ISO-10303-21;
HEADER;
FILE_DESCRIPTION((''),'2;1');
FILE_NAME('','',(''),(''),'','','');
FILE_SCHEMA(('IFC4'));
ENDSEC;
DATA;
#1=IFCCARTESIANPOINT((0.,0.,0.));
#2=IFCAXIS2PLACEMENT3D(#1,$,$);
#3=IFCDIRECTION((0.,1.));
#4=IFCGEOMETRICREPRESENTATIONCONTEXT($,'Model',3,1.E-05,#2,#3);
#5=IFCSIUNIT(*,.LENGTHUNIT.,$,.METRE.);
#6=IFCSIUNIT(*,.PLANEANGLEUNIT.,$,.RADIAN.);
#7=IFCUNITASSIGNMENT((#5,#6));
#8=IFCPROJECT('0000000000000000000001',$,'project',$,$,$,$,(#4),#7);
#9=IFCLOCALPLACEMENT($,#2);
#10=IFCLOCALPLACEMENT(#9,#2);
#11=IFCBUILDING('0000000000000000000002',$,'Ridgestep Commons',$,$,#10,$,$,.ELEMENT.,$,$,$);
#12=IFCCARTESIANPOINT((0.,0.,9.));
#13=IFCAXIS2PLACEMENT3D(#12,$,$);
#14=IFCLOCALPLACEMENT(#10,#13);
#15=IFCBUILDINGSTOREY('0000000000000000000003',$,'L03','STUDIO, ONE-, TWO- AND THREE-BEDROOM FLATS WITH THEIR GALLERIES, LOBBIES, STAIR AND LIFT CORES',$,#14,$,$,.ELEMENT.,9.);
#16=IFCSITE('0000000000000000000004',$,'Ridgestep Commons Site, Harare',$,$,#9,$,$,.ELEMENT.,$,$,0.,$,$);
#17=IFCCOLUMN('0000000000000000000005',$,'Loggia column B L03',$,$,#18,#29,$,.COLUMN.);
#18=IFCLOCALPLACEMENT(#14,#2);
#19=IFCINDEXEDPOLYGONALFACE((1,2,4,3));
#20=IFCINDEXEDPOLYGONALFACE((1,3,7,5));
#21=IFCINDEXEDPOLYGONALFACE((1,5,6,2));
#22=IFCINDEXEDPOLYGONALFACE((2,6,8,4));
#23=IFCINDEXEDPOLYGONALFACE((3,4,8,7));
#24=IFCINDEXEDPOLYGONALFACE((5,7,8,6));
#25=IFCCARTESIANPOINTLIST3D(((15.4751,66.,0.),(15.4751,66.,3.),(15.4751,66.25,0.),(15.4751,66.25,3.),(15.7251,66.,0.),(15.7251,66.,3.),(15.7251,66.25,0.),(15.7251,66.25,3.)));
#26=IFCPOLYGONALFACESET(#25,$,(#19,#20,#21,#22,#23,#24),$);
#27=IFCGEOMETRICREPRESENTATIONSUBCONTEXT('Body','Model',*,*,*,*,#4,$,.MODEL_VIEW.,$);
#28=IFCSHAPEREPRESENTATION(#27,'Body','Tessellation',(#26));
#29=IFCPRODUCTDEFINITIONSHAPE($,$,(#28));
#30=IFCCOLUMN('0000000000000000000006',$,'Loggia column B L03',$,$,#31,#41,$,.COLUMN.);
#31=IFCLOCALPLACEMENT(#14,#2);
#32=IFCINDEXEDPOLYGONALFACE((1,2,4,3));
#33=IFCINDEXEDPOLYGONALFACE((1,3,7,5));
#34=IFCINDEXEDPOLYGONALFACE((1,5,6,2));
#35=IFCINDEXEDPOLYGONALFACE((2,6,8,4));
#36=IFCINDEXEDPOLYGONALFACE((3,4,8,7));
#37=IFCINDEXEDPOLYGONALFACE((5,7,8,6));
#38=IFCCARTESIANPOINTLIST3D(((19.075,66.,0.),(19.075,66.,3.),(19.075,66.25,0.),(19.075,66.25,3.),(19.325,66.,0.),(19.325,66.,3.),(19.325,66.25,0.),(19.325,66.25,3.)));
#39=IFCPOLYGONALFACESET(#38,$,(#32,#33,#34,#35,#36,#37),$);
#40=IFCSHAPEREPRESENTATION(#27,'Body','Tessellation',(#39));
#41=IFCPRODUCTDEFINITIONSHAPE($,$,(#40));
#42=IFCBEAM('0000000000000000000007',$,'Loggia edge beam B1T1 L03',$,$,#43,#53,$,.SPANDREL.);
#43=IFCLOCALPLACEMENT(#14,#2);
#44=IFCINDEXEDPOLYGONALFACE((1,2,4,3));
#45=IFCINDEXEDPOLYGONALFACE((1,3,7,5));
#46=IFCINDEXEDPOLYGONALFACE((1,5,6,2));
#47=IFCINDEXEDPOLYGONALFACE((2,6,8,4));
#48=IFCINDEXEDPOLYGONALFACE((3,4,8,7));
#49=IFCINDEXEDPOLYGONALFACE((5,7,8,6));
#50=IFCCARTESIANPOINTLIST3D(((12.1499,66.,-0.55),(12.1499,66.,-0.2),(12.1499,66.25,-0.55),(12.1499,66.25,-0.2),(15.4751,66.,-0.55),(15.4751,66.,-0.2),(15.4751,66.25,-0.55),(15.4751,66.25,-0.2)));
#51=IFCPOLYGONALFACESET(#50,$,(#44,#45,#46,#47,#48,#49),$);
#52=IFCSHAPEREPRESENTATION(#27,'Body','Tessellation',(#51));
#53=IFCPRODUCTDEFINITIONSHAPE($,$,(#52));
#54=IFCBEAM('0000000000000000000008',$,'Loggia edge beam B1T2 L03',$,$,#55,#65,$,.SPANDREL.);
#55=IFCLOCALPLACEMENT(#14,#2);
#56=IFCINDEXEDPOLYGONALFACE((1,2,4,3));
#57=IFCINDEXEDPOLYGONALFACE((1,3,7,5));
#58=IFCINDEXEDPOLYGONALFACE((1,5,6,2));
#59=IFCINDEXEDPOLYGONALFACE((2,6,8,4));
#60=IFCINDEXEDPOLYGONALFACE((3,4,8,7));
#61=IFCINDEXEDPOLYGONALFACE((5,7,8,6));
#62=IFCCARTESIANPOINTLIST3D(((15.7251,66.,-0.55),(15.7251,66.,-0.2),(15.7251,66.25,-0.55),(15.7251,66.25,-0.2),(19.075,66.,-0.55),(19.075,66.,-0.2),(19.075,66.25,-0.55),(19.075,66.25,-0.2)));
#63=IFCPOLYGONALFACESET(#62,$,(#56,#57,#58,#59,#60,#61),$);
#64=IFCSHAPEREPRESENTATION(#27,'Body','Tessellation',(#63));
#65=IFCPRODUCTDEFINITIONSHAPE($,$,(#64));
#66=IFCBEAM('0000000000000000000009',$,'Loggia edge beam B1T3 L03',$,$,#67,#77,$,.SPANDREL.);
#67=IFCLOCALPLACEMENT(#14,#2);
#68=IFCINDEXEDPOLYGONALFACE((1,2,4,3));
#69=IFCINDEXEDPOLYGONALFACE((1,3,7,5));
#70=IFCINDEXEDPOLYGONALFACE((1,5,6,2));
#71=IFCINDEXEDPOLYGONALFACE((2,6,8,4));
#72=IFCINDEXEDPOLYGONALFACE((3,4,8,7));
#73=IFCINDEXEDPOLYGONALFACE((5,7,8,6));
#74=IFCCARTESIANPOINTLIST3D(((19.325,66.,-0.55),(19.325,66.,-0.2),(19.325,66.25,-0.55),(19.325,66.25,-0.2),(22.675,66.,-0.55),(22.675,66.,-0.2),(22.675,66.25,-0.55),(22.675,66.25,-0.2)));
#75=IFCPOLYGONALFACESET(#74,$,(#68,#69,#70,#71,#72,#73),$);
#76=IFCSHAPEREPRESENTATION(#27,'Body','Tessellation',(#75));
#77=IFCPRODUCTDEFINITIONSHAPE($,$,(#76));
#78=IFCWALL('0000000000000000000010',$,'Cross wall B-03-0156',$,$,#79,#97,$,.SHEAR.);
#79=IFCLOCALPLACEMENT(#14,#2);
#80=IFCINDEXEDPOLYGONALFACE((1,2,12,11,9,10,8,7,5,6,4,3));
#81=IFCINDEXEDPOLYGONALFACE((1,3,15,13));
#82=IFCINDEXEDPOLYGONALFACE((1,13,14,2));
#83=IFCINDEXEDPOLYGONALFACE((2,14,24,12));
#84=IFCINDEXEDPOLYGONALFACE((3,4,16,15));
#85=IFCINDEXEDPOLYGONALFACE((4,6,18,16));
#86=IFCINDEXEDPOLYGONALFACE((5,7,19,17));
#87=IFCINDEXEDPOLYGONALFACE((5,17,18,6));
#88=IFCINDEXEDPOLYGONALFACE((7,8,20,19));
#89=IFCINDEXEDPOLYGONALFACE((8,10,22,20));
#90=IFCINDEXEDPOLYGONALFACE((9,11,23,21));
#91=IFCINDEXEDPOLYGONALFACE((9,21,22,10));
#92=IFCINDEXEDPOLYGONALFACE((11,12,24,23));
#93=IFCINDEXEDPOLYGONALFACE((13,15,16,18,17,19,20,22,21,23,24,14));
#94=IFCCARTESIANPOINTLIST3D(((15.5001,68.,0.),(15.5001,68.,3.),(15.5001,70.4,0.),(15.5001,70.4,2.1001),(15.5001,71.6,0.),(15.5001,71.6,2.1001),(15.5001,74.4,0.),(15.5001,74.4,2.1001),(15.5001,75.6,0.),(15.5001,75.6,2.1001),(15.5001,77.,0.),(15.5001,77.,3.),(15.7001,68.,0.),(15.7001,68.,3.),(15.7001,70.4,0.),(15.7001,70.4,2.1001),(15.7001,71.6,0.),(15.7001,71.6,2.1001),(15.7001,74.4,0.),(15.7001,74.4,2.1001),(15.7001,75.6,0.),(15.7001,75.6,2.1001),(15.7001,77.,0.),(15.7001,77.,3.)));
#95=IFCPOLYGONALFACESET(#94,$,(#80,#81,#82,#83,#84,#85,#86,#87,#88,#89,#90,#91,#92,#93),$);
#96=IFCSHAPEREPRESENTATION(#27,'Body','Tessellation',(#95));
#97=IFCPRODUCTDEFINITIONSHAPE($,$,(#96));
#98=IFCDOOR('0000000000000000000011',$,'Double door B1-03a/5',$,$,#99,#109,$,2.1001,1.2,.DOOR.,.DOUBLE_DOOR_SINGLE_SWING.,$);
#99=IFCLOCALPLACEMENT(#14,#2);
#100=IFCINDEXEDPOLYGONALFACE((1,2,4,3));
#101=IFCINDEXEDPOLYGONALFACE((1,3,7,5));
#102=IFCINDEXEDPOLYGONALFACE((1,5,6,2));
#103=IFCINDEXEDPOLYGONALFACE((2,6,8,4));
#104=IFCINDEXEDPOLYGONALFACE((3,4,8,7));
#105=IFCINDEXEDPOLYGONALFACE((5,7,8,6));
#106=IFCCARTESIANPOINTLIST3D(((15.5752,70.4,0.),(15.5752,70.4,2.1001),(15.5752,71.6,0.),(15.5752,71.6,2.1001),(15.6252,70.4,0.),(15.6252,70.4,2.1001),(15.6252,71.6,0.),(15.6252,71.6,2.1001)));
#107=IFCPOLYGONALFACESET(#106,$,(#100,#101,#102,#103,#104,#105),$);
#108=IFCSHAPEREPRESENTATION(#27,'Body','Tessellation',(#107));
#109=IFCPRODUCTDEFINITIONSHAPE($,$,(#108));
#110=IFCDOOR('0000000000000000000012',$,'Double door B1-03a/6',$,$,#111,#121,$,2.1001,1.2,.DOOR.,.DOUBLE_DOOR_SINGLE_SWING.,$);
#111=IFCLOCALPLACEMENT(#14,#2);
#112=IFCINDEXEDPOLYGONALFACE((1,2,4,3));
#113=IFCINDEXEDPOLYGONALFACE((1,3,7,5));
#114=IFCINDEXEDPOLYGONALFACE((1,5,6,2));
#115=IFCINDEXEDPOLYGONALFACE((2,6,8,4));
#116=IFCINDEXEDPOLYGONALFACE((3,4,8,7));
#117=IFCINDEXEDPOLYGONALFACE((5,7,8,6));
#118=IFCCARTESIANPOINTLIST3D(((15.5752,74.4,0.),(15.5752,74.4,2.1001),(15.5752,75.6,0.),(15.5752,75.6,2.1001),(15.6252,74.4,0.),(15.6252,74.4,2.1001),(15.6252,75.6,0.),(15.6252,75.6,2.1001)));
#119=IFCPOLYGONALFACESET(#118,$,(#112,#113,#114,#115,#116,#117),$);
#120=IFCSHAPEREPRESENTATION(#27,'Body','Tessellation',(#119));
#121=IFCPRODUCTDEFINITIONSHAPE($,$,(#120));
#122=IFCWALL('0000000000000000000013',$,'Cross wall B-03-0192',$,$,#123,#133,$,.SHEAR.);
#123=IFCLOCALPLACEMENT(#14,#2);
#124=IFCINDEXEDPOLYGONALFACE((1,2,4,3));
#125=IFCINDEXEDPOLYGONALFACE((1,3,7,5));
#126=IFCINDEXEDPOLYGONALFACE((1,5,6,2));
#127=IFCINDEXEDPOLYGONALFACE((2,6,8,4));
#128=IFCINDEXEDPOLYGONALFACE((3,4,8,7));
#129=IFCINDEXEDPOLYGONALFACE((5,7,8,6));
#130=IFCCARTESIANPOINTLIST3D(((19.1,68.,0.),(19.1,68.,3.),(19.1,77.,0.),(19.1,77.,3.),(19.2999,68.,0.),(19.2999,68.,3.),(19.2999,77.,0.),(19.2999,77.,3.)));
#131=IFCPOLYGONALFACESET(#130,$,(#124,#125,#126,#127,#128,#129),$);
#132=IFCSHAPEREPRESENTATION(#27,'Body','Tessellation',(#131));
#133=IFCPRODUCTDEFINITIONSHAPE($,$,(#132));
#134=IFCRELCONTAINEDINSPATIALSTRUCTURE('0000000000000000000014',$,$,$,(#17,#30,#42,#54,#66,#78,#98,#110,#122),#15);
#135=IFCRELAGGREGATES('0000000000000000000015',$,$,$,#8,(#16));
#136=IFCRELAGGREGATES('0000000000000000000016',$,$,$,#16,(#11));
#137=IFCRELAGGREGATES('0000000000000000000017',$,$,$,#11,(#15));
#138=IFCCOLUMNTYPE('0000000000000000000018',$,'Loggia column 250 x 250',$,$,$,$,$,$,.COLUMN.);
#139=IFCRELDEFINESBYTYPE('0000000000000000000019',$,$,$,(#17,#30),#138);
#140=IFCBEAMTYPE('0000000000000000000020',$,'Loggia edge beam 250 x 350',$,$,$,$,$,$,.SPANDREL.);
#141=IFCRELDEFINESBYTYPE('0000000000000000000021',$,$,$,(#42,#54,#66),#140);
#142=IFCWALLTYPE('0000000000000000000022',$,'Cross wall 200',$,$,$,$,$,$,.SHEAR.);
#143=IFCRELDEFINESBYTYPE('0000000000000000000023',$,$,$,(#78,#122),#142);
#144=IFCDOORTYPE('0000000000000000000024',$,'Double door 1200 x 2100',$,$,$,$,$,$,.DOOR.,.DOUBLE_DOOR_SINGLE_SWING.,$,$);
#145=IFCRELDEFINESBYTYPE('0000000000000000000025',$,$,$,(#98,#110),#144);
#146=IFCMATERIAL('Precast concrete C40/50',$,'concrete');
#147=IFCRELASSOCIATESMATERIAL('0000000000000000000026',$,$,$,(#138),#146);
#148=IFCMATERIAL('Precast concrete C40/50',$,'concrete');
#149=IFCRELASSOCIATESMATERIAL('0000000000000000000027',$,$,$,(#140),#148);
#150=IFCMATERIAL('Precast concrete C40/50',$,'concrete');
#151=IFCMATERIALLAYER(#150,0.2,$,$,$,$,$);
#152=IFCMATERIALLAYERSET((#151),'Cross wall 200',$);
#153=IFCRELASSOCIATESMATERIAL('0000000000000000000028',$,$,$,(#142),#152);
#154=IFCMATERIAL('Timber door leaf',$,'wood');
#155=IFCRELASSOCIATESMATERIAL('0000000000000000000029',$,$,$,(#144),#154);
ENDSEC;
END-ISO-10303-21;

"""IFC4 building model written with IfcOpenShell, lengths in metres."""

from ifc_helpers import new_model, si_unit, direction, frame, frame_2d, origin, origin_2d, place, context, subcontext, project, spatial, rectangle, extrude, material, layer, layer_set, material_profile, profile_set, type_object, element, fill, save


model = new_model("IFC4")

# Units and contexts
model_context = context("Model", 3, precision=1e-05, world=origin(), true_north=direction((0.0, 1.0)))
body_context = subcontext(model_context, "Body", "Model", "MODEL_VIEW")
ifc_project = project(units=[si_unit("LENGTHUNIT", "METRE"), si_unit("PLANEANGLEUNIT", "RADIAN")], contexts=[model_context])

# Site, building, storey
site_placement = place(None, origin())
site = spatial("IfcSite", under=ifc_project, at=site_placement, Name="Ridgestep Commons Site, Harare", CompositionType="ELEMENT", RefElevation=0.0)
building_placement = place(site_placement, origin())
building = spatial("IfcBuilding", under=site, at=building_placement, Name="Ridgestep Commons", CompositionType="ELEMENT")
storey_placement = place(building_placement, frame((0.0, 0.0, 9.0)))
storey = spatial("IfcBuildingStorey", under=building, at=storey_placement, Name="L03", Description="STUDIO, ONE-, TWO- AND THREE-BEDROOM FLATS WITH THEIR GALLERIES, LOBBIES, STAIR AND LIFT CORES", CompositionType="ELEMENT", Elevation=9.0)

# Columns
ifc_material_1 = material(Name="Precast concrete C40/50", Category="concrete")
ifc_material_profile_1 = material_profile(ifc_material_1, rectangle(XDim=0.25, YDim=0.25, at=origin_2d()), Name="PC 250x250")
ifc_profile_set_1 = profile_set([ifc_material_profile_1], Name="Precast concrete C40/50")
column_type = type_object("IfcColumnType", Name="Loggia column 250 x 250", PredefinedType="COLUMN", material=ifc_profile_set_1)
for number, where, z_axis, x_axis, name in (
    (1, (15.6001, 66.125, 0.0), (0.0, 0.0, 1.0), (1.0, 0.0, 0.0), "Loggia column B L03"),
    (2, (19.2, 66.125, 0.0), (0.0, 0.0, 1.0), (1.0, 0.0, 0.0), "Loggia column B L03"),
):
    element("IfcColumn", number, at=place(storey_placement, frame(where, z_axis=z_axis, x_axis=x_axis)), inside=storey, type_object=column_type, Name=name, PredefinedType="COLUMN", context=body_context, shape_type="SweptSolid", body=[
        extrude(rectangle(XDim=0.25, YDim=0.25, at=origin_2d()), origin(), (0.0, 0.0, 1.0), 3.0),
    ])

# Beams
ifc_material_2 = material(Name="Precast concrete C40/50", Category="concrete")
ifc_material_profile_2 = material_profile(ifc_material_2, rectangle(XDim=0.25, YDim=0.3501, at=origin_2d()), Name="PC 250x350")
ifc_profile_set_2 = profile_set([ifc_material_profile_2], Name="Precast concrete C40/50")
beam_type = type_object("IfcBeamType", Name="Loggia edge beam 250 x 350", PredefinedType="SPANDREL", material=ifc_profile_set_2)
beam_1_placement = place(storey_placement, frame((12.1499, 66.125, -0.375), z_axis=(1.0, 0.0, 0.0), x_axis=(0.0, 1.0, 0.0)))
element("IfcBeam", 3, at=beam_1_placement, inside=storey, type_object=beam_type, Name="Loggia edge beam B1T1 L03", PredefinedType="SPANDREL", context=body_context, shape_type="SweptSolid", body=[
    extrude(rectangle(XDim=0.25, YDim=0.3501, at=origin_2d()), origin(), (0.0, 0.0, 1.0), 3.3252),
])
beam_2_placement = place(storey_placement, frame((15.7251, 66.125, -0.375), z_axis=(1.0, 0.0, 0.0), x_axis=(0.0, 1.0, 0.0)))
element("IfcBeam", 4, at=beam_2_placement, inside=storey, type_object=beam_type, Name="Loggia edge beam B1T2 L03", PredefinedType="SPANDREL", context=body_context, shape_type="SweptSolid", body=[
    extrude(rectangle(XDim=0.25, YDim=0.3501, at=origin_2d()), origin(), (0.0, 0.0, 1.0), 3.3499),
])
beam_3_placement = place(storey_placement, frame((19.325, 66.125, -0.375), z_axis=(1.0, 0.0, 0.0), x_axis=(0.0, 1.0, 0.0)))
element("IfcBeam", 5, at=beam_3_placement, inside=storey, type_object=beam_type, Name="Loggia edge beam B1T3 L03", PredefinedType="SPANDREL", context=body_context, shape_type="SweptSolid", body=[
    extrude(rectangle(XDim=0.25, YDim=0.3501, at=origin_2d()), origin(), (0.0, 0.0, 1.0), 3.3501),
])

# Wall, openings, doors
ifc_material_3 = material(Name="Precast concrete C40/50", Category="concrete")
ifc_layer_1 = layer(ifc_material_3, 0.2)
ifc_layer_set_1 = layer_set([ifc_layer_1], Name="Cross wall 200")
wall_type_1 = type_object("IfcWallType", Name="Cross wall 200", PredefinedType="SHEAR", material=ifc_layer_set_1)
wall_1_placement = place(storey_placement, frame((15.6001, 68.0, 0.0), z_axis=(0.0, 0.0, 1.0), x_axis=(0.0, 1.0, 0.0)))
wall_1 = element("IfcWall", 6, at=wall_1_placement, inside=storey, type_object=wall_type_1, Name="Cross wall B-03-0156", PredefinedType="SHEAR", context=body_context, shape_type="SweptSolid", body=[
    extrude(rectangle(XDim=9.0, YDim=0.2, at=frame_2d((4.5, 0.0))), origin(), (0.0, 0.0, 1.0), 3.0),
])
opening_1_placement = place(wall_1_placement, frame((2.3999, 0.0, 0.0)))
opening_1 = element("IfcOpeningElement", 7, at=opening_1_placement, cuts=wall_1, PredefinedType="OPENING", context=body_context, shape_type="SweptSolid", body=[
    extrude(rectangle(XDim=1.2, YDim=2.1001, at=frame_2d((0.6001, 1.05))), frame((0.0, 0.1099, 0.0), z_axis=(0.0, -1.0, 0.0), x_axis=(1.0, 0.0, 0.0)), (0.0, 0.0, 1.0), 0.22),
])
opening_2_placement = place(wall_1_placement, frame((6.3999, 0.0, 0.0)))
opening_2 = element("IfcOpeningElement", 8, at=opening_2_placement, cuts=wall_1, PredefinedType="OPENING", context=body_context, shape_type="SweptSolid", body=[
    extrude(rectangle(XDim=1.2, YDim=2.1001, at=frame_2d((0.6001, 1.05))), frame((0.0, 0.1099, 0.0), z_axis=(0.0, -1.0, 0.0), x_axis=(1.0, 0.0, 0.0)), (0.0, 0.0, 1.0), 0.22),
])
ifc_material_4 = material(Name="Timber door leaf", Category="wood")
door_type_1 = type_object("IfcDoorType", Name="Double door 1200 x 2100", OperationType="DOUBLE_DOOR_SINGLE_SWING", PredefinedType="DOOR", material=ifc_material_4)
door_1_placement = place(opening_1_placement, origin())
door_1 = element("IfcDoor", 9, at=door_1_placement, inside=storey, type_object=door_type_1, Name="Double door B1-03a/5", OperationType="DOUBLE_DOOR_SINGLE_SWING", OverallHeight=2.1001, OverallWidth=1.2, PredefinedType="DOOR", context=body_context, shape_type="SweptSolid", body=[
    extrude(rectangle(XDim=1.2, YDim=2.1001, at=frame_2d((0.6001, 1.05))), frame((0.0, 0.0249, 0.0), z_axis=(0.0, -1.0, 0.0), x_axis=(1.0, 0.0, 0.0)), (0.0, 0.0, 1.0), 0.05),
])
fill(opening_1, door_1)
door_2_placement = place(opening_2_placement, origin())
door_2 = element("IfcDoor", 10, at=door_2_placement, inside=storey, type_object=door_type_1, Name="Double door B1-03a/6", OperationType="DOUBLE_DOOR_SINGLE_SWING", OverallHeight=2.1001, OverallWidth=1.2, PredefinedType="DOOR", context=body_context, shape_type="SweptSolid", body=[
    extrude(rectangle(XDim=1.2, YDim=2.1001, at=frame_2d((0.6001, 1.05))), frame((0.0, 0.0249, 0.0), z_axis=(0.0, -1.0, 0.0), x_axis=(1.0, 0.0, 0.0)), (0.0, 0.0, 1.0), 0.05),
])
fill(opening_2, door_2)

# Wall
wall_2_placement = place(storey_placement, frame((19.2, 68.0, 0.0), z_axis=(0.0, 0.0, 1.0), x_axis=(0.0, 1.0, 0.0)))
element("IfcWall", 11, at=wall_2_placement, inside=storey, type_object=wall_type_1, Name="Cross wall B-03-0192", PredefinedType="SHEAR", context=body_context, shape_type="SweptSolid", body=[
    extrude(rectangle(XDim=9.0, YDim=0.2, at=frame_2d((4.5, 0.0))), origin(), (0.0, 0.0, 1.0), 3.0),
])

save(model, "model.ifc")
